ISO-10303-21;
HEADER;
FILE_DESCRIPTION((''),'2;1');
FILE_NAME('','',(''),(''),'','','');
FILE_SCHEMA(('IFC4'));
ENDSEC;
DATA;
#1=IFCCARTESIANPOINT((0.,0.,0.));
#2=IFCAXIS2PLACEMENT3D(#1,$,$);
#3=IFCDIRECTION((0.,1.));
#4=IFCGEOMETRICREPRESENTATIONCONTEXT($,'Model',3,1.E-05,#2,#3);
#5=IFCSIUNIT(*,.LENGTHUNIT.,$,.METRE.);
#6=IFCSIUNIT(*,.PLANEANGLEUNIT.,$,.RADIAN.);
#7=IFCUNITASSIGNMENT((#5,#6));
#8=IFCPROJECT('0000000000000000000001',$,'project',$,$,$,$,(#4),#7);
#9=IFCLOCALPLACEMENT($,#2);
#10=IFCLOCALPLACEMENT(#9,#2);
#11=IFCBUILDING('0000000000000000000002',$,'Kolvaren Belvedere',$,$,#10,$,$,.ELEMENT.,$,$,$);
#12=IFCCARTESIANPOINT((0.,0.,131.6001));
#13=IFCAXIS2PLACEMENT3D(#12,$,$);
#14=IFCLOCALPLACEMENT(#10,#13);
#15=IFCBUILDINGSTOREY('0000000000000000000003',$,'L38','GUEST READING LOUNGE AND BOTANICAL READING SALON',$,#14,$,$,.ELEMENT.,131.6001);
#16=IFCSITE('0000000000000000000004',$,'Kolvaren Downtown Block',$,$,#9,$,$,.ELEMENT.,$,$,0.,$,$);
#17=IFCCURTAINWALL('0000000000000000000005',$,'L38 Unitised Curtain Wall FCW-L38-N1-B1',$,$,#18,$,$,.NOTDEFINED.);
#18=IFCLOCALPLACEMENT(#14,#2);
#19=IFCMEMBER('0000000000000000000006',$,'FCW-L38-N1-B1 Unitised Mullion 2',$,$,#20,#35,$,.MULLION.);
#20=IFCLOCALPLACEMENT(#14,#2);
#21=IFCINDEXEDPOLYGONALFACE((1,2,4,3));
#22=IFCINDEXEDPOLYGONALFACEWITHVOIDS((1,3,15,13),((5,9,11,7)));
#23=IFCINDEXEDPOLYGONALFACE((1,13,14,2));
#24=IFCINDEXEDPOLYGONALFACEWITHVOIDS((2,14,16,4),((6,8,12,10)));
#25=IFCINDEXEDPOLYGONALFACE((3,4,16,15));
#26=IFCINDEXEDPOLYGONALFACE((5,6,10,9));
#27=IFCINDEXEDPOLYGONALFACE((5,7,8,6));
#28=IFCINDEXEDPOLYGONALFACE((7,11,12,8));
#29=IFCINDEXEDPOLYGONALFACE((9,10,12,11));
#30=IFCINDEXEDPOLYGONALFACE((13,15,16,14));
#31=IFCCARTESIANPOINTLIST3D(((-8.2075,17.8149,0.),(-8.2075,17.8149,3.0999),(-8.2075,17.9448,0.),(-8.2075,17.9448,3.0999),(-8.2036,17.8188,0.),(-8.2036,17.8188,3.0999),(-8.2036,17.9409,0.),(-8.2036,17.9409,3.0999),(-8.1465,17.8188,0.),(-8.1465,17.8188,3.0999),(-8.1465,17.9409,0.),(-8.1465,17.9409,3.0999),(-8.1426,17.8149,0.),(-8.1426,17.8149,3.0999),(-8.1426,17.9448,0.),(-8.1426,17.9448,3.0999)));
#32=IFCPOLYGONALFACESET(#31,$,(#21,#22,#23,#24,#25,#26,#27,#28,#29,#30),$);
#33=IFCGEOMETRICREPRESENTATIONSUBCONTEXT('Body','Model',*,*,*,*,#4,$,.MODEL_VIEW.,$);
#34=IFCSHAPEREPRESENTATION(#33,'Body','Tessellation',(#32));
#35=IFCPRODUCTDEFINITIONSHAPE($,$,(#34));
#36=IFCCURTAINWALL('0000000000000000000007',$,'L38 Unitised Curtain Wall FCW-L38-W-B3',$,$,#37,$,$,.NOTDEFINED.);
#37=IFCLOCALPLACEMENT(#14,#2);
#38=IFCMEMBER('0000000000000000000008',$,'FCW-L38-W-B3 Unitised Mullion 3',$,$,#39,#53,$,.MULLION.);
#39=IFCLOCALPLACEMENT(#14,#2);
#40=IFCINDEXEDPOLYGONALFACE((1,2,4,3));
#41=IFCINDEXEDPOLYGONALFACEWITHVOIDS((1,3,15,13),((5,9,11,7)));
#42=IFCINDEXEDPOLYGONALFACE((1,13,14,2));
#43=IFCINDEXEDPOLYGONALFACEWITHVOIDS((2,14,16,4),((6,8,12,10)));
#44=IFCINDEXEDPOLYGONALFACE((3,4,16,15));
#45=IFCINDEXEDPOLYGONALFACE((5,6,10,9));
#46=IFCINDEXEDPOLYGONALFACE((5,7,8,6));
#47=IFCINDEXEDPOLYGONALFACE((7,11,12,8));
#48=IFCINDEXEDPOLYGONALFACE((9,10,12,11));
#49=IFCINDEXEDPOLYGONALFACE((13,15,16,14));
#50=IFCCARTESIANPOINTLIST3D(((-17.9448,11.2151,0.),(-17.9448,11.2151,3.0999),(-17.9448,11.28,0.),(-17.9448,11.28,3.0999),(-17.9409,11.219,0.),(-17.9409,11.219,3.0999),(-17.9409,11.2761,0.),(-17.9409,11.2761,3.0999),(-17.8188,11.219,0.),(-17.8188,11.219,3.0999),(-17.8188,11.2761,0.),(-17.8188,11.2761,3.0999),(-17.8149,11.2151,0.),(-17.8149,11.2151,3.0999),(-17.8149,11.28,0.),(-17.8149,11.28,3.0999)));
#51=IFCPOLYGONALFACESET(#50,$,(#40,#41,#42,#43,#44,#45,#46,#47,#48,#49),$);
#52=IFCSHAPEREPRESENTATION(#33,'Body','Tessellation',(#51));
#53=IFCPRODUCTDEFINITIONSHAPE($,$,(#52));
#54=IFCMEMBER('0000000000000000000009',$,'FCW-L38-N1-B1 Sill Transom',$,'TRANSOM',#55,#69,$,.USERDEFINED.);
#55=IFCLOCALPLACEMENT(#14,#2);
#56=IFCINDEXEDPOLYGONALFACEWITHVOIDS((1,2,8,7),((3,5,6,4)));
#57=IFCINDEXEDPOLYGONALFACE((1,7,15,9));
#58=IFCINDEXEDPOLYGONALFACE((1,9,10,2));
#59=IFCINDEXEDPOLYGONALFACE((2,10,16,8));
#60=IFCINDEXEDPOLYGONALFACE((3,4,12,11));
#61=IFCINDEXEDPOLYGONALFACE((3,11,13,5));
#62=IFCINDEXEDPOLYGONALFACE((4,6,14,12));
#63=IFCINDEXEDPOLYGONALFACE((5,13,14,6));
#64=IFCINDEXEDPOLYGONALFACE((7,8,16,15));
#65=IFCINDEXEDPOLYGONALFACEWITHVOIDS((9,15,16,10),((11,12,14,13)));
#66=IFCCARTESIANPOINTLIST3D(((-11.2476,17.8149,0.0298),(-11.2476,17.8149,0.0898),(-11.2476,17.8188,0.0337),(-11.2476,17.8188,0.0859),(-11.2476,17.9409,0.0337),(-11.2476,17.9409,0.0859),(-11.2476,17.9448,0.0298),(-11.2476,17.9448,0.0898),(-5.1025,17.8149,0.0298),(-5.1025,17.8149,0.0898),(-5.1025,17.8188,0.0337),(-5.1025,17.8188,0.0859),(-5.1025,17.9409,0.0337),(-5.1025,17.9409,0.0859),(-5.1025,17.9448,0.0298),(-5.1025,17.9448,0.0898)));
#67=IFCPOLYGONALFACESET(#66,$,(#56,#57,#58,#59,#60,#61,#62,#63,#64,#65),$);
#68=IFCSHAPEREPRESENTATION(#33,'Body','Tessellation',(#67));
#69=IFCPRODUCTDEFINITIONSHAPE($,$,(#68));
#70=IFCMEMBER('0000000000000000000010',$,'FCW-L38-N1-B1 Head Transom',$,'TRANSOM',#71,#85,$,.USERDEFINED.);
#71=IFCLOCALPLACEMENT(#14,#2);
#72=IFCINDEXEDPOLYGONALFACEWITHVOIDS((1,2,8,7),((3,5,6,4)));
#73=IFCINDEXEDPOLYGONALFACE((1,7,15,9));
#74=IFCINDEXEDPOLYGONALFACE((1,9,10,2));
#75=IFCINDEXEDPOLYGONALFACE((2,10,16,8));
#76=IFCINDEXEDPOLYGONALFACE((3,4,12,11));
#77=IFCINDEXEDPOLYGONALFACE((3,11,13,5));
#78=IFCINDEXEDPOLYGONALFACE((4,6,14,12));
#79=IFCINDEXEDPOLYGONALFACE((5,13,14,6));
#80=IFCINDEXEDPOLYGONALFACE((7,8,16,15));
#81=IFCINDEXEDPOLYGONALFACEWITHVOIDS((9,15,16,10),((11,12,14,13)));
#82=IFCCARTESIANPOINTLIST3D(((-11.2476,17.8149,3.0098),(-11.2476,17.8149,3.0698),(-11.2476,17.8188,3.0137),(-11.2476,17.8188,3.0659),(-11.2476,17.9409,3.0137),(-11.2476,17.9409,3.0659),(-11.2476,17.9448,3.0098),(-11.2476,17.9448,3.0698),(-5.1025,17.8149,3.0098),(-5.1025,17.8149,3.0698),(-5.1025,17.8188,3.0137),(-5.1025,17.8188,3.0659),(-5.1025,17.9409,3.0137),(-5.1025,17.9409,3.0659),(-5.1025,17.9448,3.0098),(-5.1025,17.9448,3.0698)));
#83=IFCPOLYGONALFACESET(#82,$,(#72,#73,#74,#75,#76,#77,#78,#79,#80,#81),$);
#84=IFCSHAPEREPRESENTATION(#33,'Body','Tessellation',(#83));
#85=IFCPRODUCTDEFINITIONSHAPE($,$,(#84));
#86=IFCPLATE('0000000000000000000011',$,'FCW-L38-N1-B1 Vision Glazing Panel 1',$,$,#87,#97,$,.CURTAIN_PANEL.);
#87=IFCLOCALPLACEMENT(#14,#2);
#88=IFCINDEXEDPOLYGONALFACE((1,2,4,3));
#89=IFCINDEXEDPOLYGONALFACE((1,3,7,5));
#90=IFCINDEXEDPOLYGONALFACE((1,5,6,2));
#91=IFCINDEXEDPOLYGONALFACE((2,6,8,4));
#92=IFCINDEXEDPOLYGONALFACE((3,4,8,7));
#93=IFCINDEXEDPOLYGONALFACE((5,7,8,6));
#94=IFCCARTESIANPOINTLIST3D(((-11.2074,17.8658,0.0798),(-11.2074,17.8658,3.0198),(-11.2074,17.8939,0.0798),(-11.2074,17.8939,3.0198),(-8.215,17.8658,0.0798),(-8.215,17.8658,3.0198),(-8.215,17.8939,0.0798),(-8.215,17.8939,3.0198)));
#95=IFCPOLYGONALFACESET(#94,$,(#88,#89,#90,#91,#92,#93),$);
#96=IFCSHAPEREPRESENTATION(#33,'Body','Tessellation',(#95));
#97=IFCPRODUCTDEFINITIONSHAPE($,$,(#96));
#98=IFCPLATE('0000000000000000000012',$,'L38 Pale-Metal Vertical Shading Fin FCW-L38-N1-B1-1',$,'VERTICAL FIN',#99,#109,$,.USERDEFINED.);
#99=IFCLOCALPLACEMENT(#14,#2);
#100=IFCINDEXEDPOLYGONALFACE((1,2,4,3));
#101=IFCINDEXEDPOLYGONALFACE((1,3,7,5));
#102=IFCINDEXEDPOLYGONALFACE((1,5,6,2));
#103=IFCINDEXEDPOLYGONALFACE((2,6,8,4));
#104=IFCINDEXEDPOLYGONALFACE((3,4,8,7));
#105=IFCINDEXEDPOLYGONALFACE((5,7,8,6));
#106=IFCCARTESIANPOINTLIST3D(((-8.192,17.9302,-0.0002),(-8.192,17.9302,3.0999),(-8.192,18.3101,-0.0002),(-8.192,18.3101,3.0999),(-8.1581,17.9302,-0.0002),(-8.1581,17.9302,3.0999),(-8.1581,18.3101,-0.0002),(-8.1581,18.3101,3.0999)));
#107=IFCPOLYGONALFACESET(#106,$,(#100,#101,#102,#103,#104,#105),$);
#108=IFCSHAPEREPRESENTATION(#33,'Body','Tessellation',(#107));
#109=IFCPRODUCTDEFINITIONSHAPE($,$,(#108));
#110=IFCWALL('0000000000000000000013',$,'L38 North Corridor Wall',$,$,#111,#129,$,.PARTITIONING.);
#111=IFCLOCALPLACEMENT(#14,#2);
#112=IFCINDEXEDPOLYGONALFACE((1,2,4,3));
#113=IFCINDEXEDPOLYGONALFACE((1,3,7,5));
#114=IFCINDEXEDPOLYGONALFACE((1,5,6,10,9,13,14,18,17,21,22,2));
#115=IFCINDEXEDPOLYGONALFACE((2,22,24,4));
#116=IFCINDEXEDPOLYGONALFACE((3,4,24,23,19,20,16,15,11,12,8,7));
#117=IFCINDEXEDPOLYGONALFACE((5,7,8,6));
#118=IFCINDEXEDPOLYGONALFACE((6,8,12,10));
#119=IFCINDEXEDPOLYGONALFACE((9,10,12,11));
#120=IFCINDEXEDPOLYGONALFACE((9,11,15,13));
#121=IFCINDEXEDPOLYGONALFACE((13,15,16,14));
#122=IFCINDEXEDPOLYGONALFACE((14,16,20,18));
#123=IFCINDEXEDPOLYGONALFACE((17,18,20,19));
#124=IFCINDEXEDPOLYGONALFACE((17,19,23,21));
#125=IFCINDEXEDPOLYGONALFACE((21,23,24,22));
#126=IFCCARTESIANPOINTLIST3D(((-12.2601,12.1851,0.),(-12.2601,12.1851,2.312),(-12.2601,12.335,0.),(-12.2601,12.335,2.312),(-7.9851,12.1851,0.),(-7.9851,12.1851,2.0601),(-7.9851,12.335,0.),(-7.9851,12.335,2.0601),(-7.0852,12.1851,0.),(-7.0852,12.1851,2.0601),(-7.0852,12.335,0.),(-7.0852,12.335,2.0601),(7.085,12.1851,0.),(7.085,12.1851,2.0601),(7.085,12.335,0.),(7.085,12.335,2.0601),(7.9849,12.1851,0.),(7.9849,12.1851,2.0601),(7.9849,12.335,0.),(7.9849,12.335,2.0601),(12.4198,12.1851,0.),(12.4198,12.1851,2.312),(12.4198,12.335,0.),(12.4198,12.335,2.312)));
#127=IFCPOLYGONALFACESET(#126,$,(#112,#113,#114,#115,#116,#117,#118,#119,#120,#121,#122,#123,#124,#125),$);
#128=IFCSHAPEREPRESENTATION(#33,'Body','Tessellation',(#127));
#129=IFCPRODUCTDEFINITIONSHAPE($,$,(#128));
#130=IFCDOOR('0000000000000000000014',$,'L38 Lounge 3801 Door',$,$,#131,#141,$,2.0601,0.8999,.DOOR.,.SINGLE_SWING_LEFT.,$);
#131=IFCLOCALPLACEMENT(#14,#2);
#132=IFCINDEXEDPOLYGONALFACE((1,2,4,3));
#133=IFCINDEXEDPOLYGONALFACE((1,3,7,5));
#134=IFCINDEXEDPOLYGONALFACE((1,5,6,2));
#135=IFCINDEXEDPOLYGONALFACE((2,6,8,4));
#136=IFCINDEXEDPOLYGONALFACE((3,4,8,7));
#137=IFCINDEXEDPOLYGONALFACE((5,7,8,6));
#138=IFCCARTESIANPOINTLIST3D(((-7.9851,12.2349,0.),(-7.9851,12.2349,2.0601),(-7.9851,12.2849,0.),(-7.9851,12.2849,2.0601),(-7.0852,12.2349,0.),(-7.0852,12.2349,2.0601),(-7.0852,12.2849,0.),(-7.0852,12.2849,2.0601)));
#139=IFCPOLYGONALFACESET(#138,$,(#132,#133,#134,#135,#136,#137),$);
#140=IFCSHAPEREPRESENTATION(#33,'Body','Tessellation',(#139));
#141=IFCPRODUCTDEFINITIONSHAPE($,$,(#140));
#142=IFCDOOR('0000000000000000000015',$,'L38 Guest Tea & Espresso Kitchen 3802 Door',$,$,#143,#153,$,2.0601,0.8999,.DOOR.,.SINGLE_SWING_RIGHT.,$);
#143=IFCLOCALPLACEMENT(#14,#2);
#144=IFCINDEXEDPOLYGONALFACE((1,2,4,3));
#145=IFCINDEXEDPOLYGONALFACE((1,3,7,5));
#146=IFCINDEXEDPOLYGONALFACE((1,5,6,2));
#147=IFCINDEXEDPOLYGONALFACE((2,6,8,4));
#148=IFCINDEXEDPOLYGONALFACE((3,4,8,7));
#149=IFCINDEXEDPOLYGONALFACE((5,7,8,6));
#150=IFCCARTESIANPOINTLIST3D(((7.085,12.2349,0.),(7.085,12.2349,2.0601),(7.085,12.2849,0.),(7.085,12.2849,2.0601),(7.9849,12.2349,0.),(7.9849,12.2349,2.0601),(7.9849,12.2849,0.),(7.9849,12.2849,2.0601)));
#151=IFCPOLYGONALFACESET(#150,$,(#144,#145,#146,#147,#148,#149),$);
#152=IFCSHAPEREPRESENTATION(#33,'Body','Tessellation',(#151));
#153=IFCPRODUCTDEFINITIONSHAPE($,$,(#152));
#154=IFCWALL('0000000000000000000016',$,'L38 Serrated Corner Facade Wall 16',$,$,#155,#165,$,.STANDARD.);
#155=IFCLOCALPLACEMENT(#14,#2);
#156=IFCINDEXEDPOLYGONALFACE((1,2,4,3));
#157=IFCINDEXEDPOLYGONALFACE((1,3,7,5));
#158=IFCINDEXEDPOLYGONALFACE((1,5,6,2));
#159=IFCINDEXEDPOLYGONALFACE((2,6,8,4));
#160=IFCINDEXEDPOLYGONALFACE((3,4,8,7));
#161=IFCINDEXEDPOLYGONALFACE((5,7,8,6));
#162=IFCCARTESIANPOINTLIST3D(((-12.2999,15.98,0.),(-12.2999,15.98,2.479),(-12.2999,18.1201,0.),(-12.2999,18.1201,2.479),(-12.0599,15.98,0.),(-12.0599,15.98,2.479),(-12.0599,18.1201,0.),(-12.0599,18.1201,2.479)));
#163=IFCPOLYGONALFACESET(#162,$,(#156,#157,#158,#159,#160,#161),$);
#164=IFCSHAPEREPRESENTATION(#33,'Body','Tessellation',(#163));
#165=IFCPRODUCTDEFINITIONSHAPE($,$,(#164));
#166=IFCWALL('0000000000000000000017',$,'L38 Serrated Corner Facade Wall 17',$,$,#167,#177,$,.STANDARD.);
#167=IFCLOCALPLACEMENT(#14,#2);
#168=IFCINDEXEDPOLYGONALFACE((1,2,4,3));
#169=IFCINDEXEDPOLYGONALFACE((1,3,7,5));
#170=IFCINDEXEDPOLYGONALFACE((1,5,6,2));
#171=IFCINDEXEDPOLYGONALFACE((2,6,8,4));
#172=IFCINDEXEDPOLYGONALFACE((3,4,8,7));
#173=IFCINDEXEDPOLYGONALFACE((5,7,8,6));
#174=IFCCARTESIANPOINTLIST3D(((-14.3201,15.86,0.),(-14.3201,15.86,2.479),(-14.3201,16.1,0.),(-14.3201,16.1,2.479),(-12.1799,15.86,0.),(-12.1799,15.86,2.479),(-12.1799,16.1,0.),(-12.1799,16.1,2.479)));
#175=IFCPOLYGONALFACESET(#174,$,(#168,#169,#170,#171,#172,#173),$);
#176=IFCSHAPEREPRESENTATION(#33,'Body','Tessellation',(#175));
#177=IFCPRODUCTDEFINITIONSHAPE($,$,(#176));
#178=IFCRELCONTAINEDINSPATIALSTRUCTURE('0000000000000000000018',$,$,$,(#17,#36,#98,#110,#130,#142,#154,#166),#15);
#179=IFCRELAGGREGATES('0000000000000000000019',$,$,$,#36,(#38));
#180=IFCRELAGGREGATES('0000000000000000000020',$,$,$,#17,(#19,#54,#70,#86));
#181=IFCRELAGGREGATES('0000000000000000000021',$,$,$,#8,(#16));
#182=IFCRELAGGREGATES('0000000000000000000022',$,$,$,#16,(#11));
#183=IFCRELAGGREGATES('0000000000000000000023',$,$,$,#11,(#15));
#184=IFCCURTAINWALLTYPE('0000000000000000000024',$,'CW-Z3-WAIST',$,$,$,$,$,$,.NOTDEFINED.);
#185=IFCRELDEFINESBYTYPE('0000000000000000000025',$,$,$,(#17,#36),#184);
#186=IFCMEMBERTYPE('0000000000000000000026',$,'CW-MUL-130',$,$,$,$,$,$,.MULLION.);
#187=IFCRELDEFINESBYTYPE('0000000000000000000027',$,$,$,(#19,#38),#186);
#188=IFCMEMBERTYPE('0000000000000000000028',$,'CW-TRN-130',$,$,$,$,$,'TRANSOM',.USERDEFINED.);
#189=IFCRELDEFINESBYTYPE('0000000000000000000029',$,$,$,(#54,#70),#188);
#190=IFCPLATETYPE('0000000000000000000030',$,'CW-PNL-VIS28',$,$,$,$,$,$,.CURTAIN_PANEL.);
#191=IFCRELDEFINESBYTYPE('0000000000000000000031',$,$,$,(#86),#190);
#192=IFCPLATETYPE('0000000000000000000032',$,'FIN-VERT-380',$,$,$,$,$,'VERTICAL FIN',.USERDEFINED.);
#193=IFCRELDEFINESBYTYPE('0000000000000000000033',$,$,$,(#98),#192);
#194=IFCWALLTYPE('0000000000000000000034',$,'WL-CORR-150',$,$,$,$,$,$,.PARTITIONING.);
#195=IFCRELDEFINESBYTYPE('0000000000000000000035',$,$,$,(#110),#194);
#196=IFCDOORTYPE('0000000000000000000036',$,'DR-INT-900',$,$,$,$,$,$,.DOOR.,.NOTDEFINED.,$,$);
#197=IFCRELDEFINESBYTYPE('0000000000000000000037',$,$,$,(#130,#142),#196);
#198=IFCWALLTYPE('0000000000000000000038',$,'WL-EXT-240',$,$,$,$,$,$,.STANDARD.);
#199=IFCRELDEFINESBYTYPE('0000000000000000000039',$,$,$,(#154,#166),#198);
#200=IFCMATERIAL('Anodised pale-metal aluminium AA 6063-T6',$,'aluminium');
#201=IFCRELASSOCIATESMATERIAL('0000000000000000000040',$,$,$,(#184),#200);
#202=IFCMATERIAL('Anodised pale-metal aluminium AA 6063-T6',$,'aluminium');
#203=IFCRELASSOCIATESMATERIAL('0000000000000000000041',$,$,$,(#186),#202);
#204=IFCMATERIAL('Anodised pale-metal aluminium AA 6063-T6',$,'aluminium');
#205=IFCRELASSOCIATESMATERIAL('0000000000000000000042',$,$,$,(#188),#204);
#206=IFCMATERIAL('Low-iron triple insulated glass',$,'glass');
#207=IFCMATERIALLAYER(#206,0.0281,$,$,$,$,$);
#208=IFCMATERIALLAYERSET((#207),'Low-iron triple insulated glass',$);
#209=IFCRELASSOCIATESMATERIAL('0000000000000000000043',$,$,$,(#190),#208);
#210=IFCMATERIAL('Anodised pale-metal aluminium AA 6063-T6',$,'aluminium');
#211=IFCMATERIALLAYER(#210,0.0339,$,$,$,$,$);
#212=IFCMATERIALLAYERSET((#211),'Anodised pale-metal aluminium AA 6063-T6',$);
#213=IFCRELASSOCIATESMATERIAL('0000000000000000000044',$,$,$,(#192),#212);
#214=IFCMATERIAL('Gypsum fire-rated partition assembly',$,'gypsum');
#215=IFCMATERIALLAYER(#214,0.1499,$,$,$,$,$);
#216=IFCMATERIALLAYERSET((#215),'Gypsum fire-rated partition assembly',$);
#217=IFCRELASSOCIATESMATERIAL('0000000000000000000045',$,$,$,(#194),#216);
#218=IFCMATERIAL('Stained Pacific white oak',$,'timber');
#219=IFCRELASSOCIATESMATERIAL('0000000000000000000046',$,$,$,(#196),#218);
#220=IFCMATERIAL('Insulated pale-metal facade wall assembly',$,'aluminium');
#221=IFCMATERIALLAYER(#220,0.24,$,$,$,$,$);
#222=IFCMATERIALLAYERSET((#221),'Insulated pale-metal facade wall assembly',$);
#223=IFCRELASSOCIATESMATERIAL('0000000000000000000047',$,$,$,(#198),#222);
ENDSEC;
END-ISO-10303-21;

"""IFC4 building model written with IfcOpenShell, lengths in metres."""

from ifc_helpers import new_model, si_unit, direction, frame, frame_2d, origin, origin_2d, place, context, subcontext, project, spatial, rectangle, hollow_rectangle, extrude, material, layer, layer_set, material_profile, profile_set, type_object, element, fill, aggregate, save


model = new_model("IFC4")

# Units and contexts
model_context = context("Model", 3, precision=1e-05, world=origin(), true_north=direction((0.0, 1.0)))
body_context = subcontext(model_context, "Body", "Model", "MODEL_VIEW")
ifc_project = project(units=[si_unit("LENGTHUNIT", "METRE"), si_unit("PLANEANGLEUNIT", "RADIAN")], contexts=[model_context])

# Site, building, storey
site_placement = place(None, origin())
site = spatial("IfcSite", under=ifc_project, at=site_placement, Name="Kolvaren Downtown Block", CompositionType="ELEMENT", RefElevation=0.0)
building_placement = place(site_placement, origin())
building = spatial("IfcBuilding", under=site, at=building_placement, Name="Kolvaren Belvedere", CompositionType="ELEMENT")
storey_placement = place(building_placement, frame((0.0, 0.0, 131.6001)))
storey = spatial("IfcBuildingStorey", under=building, at=storey_placement, Name="L38", Description="GUEST READING LOUNGE AND BOTANICAL READING SALON", CompositionType="ELEMENT", Elevation=131.6001)

# Curtain wall, member
ifc_material_1 = material(Name="Anodised pale-metal aluminium AA 6063-T6", Category="aluminium")
curtain_wall_type = type_object("IfcCurtainWallType", Name="CW-Z3-WAIST", PredefinedType="NOTDEFINED", material=ifc_material_1)
curtain_wall_1_placement = place(storey_placement, origin())
curtain_wall_1 = element("IfcCurtainWall", 1, at=curtain_wall_1_placement, inside=storey, type_object=curtain_wall_type, Name="L38 Unitised Curtain Wall FCW-L38-N1-B1", PredefinedType="NOTDEFINED")
ifc_material_2 = material(Name="Anodised pale-metal aluminium AA 6063-T6", Category="aluminium")
ifc_material_profile_1 = material_profile(ifc_material_2, hollow_rectangle(XDim=0.0649, YDim=0.1299, WallThickness=0.0039, at=origin_2d()), Name="ALU-MUL-130X65")
ifc_profile_set_1 = profile_set([ifc_material_profile_1], Name="Anodised pale-metal aluminium AA 6063-T6")
member_type_1 = type_object("IfcMemberType", Name="CW-MUL-130", PredefinedType="MULLION", material=ifc_profile_set_1)
member_1_placement = place(storey_placement, frame((-8.175, 17.8799, 0.0), z_axis=(0.0, 0.0, 1.0), x_axis=(1.0, 0.0, 0.0)))
member_1 = element("IfcMember", 2, at=member_1_placement, type_object=member_type_1, Name="FCW-L38-N1-B1 Unitised Mullion 2", PredefinedType="MULLION", context=body_context, shape_type="SweptSolid", body=[
    extrude(hollow_rectangle(XDim=0.0649, YDim=0.1299, WallThickness=0.0039, at=origin_2d()), origin(), (0.0, 0.0, 1.0), 3.0999),
])

# Curtain wall, member
curtain_wall_2_placement = place(storey_placement, origin())
curtain_wall_2 = element("IfcCurtainWall", 3, at=curtain_wall_2_placement, inside=storey, type_object=curtain_wall_type, Name="L38 Unitised Curtain Wall FCW-L38-W-B3", PredefinedType="NOTDEFINED")
member_2_placement = place(storey_placement, frame((-17.8799, 11.2476, 0.0), z_axis=(0.0, 0.0, 1.0), x_axis=(0.0, 1.0, 0.0)))
member_2 = element("IfcMember", 4, at=member_2_placement, type_object=member_type_1, Name="FCW-L38-W-B3 Unitised Mullion 3", PredefinedType="MULLION", context=body_context, shape_type="SweptSolid", body=[
    extrude(hollow_rectangle(XDim=0.0649, YDim=0.1299, WallThickness=0.0039, at=origin_2d()), origin(), (0.0, 0.0, 1.0), 3.0999),
])
aggregate(curtain_wall_2, [member_2])

# Members
ifc_material_3 = material(Name="Anodised pale-metal aluminium AA 6063-T6", Category="aluminium")
ifc_material_profile_2 = material_profile(ifc_material_3, hollow_rectangle(XDim=0.0601, YDim=0.1299, WallThickness=0.0039, at=origin_2d()), Name="ALU-TRN-130X60")
ifc_profile_set_2 = profile_set([ifc_material_profile_2], Name="Anodised pale-metal aluminium AA 6063-T6")
member_type_2 = type_object("IfcMemberType", Name="CW-TRN-130", ElementType="TRANSOM", PredefinedType="USERDEFINED", material=ifc_profile_set_2)
member_3_placement = place(storey_placement, frame((-11.2476, 17.8799, 0.0598), z_axis=(1.0, 0.0, 0.0), x_axis=(0.0, 0.0, 1.0)))
member_3 = element("IfcMember", 5, at=member_3_placement, type_object=member_type_2, Name="FCW-L38-N1-B1 Sill Transom", ObjectType="TRANSOM", PredefinedType="USERDEFINED", context=body_context, shape_type="SweptSolid", body=[
    extrude(hollow_rectangle(XDim=0.0601, YDim=0.1299, WallThickness=0.0039, at=origin_2d()), origin(), (0.0, 0.0, 1.0), 6.145),
])
member_4_placement = place(storey_placement, frame((-11.2476, 17.8799, 3.0398), z_axis=(1.0, 0.0, 0.0), x_axis=(0.0, 0.0, 1.0)))
member_4 = element("IfcMember", 6, at=member_4_placement, type_object=member_type_2, Name="FCW-L38-N1-B1 Head Transom", ObjectType="TRANSOM", PredefinedType="USERDEFINED", context=body_context, shape_type="SweptSolid", body=[
    extrude(hollow_rectangle(XDim=0.0601, YDim=0.1299, WallThickness=0.0039, at=origin_2d()), origin(), (0.0, 0.0, 1.0), 6.145),
])

# Plates
ifc_material_4 = material(Name="Low-iron triple insulated glass", Category="glass")
ifc_layer_1 = layer(ifc_material_4, 0.0281)
ifc_layer_set_1 = layer_set([ifc_layer_1], Name="Low-iron triple insulated glass")
plate_type_1 = type_object("IfcPlateType", Name="CW-PNL-VIS28", PredefinedType="CURTAIN_PANEL", material=ifc_layer_set_1)
plate_1_placement = place(storey_placement, frame((-9.7112, 17.8799, 0.0798), z_axis=(0.0, 0.0, 1.0), x_axis=(1.0, 0.0, 0.0)))
plate_1 = element("IfcPlate", 7, at=plate_1_placement, type_object=plate_type_1, Name="FCW-L38-N1-B1 Vision Glazing Panel 1", PredefinedType="CURTAIN_PANEL", context=body_context, shape_type="SweptSolid", body=[
    extrude(rectangle(XDim=2.9924, YDim=0.0281, at=origin_2d()), origin(), (0.0, 0.0, 1.0), 2.9399),
])
aggregate(curtain_wall_1, [member_1, member_3, member_4, plate_1])
ifc_material_5 = material(Name="Anodised pale-metal aluminium AA 6063-T6", Category="aluminium")
ifc_layer_2 = layer(ifc_material_5, 0.0339)
ifc_layer_set_2 = layer_set([ifc_layer_2], Name="Anodised pale-metal aluminium AA 6063-T6")
plate_type_2 = type_object("IfcPlateType", Name="FIN-VERT-380", ElementType="VERTICAL FIN", PredefinedType="USERDEFINED", material=ifc_layer_set_2)
plate_2_placement = place(storey_placement, frame((-8.175, 18.1201, -0.0002), z_axis=(0.0, 0.0, 1.0), x_axis=(0.0, 1.0, 0.0)))
element("IfcPlate", 8, at=plate_2_placement, inside=storey, type_object=plate_type_2, Name="L38 Pale-Metal Vertical Shading Fin FCW-L38-N1-B1-1", ObjectType="VERTICAL FIN", PredefinedType="USERDEFINED", context=body_context, shape_type="SweptSolid", body=[
    extrude(rectangle(XDim=0.3799, YDim=0.0339, at=origin_2d()), origin(), (0.0, 0.0, 1.0), 3.1001),
])

# Wall, openings, doors
ifc_material_6 = material(Name="Gypsum fire-rated partition assembly", Category="gypsum")
ifc_layer_3 = layer(ifc_material_6, 0.1499)
ifc_layer_set_3 = layer_set([ifc_layer_3], Name="Gypsum fire-rated partition assembly")
wall_type_1 = type_object("IfcWallType", Name="WL-CORR-150", PredefinedType="PARTITIONING", material=ifc_layer_set_3)
wall_1_placement = place(storey_placement, frame((-12.26, 12.26, 0.0), z_axis=(0.0, 0.0, 1.0), x_axis=(1.0, 0.0, 0.0)))
wall_1 = element("IfcWall", 9, at=wall_1_placement, inside=storey, type_object=wall_type_1, Name="L38 North Corridor Wall", PredefinedType="PARTITIONING", context=body_context, shape_type="SweptSolid", body=[
    extrude(rectangle(XDim=24.6799, YDim=0.1499, at=frame_2d((12.3398, 0.0))), origin(), (0.0, 0.0, 1.0), 2.312),
])
opening_1_placement = place(wall_1_placement, frame((4.2749, 0.0, 0.0)))
opening_1 = element("IfcOpeningElement", 10, at=opening_1_placement, cuts=wall_1, PredefinedType="OPENING", context=body_context, shape_type="SweptSolid", body=[
    extrude(rectangle(XDim=0.8999, YDim=2.0601, at=frame_2d((0.45, 1.03))), frame((0.0, 0.085, 0.0), z_axis=(0.0, -1.0, 0.0), x_axis=(1.0, 0.0, 0.0)), (0.0, 0.0, 1.0), 0.1699),
])
opening_2_placement = place(wall_1_placement, frame((19.345, 0.0, 0.0)))
opening_2 = element("IfcOpeningElement", 11, at=opening_2_placement, cuts=wall_1, PredefinedType="OPENING", context=body_context, shape_type="SweptSolid", body=[
    extrude(rectangle(XDim=0.8999, YDim=2.0601, at=frame_2d((0.45, 1.03))), frame((0.0, 0.085, 0.0), z_axis=(0.0, -1.0, 0.0), x_axis=(1.0, 0.0, 0.0)), (0.0, 0.0, 1.0), 0.1699),
])
ifc_material_7 = material(Name="Stained Pacific white oak", Category="timber")
door_type = type_object("IfcDoorType", Name="DR-INT-900", OperationType="NOTDEFINED", PredefinedType="DOOR", material=ifc_material_7)
door_1_placement = place(opening_1_placement, origin())
door_1 = element("IfcDoor", 12, at=door_1_placement, inside=storey, type_object=door_type, Name="L38 Lounge 3801 Door", OperationType="SINGLE_SWING_LEFT", OverallHeight=2.0601, OverallWidth=0.8999, PredefinedType="DOOR", context=body_context, shape_type="SweptSolid", body=[
    extrude(rectangle(XDim=0.8999, YDim=2.0601, at=frame_2d((0.45, 1.03))), frame((0.0, 0.0249, 0.0), z_axis=(0.0, -1.0, 0.0), x_axis=(1.0, 0.0, 0.0)), (0.0, 0.0, 1.0), 0.05),
])
fill(opening_1, door_1)
door_2_placement = place(opening_2_placement, origin())
door_2 = element("IfcDoor", 13, at=door_2_placement, inside=storey, type_object=door_type, Name="L38 Guest Tea & Espresso Kitchen 3802 Door", OperationType="SINGLE_SWING_RIGHT", OverallHeight=2.0601, OverallWidth=0.8999, PredefinedType="DOOR", context=body_context, shape_type="SweptSolid", body=[
    extrude(rectangle(XDim=0.8999, YDim=2.0601, at=frame_2d((0.45, 1.03))), frame((0.0, 0.0249, 0.0), z_axis=(0.0, -1.0, 0.0), x_axis=(1.0, 0.0, 0.0)), (0.0, 0.0, 1.0), 0.05),
])
fill(opening_2, door_2)

# Walls
ifc_material_8 = material(Name="Insulated pale-metal facade wall assembly", Category="aluminium")
ifc_layer_4 = layer(ifc_material_8, 0.24)
ifc_layer_set_4 = layer_set([ifc_layer_4], Name="Insulated pale-metal facade wall assembly")
wall_type_2 = type_object("IfcWallType", Name="WL-EXT-240", PredefinedType="STANDARD", material=ifc_layer_set_4)
for number, where, z_axis, x_axis, name in (
    (14, (-12.1799, 15.98, 0.0), (0.0, 0.0, 1.0), (0.0, 1.0, 0.0), "L38 Serrated Corner Facade Wall 16"),
    (15, (-14.3201, 15.98, 0.0), (0.0, 0.0, 1.0), (1.0, 0.0, 0.0), "L38 Serrated Corner Facade Wall 17"),
):
    element("IfcWall", number, at=place(storey_placement, frame(where, z_axis=z_axis, x_axis=x_axis)), inside=storey, type_object=wall_type_2, Name=name, PredefinedType="STANDARD", context=body_context, shape_type="SweptSolid", body=[
        extrude(rectangle(XDim=2.1401, YDim=0.24, at=frame_2d((1.0701, 0.0))), origin(), (0.0, 0.0, 1.0), 2.479),
    ])

save(model, "model.ifc")
